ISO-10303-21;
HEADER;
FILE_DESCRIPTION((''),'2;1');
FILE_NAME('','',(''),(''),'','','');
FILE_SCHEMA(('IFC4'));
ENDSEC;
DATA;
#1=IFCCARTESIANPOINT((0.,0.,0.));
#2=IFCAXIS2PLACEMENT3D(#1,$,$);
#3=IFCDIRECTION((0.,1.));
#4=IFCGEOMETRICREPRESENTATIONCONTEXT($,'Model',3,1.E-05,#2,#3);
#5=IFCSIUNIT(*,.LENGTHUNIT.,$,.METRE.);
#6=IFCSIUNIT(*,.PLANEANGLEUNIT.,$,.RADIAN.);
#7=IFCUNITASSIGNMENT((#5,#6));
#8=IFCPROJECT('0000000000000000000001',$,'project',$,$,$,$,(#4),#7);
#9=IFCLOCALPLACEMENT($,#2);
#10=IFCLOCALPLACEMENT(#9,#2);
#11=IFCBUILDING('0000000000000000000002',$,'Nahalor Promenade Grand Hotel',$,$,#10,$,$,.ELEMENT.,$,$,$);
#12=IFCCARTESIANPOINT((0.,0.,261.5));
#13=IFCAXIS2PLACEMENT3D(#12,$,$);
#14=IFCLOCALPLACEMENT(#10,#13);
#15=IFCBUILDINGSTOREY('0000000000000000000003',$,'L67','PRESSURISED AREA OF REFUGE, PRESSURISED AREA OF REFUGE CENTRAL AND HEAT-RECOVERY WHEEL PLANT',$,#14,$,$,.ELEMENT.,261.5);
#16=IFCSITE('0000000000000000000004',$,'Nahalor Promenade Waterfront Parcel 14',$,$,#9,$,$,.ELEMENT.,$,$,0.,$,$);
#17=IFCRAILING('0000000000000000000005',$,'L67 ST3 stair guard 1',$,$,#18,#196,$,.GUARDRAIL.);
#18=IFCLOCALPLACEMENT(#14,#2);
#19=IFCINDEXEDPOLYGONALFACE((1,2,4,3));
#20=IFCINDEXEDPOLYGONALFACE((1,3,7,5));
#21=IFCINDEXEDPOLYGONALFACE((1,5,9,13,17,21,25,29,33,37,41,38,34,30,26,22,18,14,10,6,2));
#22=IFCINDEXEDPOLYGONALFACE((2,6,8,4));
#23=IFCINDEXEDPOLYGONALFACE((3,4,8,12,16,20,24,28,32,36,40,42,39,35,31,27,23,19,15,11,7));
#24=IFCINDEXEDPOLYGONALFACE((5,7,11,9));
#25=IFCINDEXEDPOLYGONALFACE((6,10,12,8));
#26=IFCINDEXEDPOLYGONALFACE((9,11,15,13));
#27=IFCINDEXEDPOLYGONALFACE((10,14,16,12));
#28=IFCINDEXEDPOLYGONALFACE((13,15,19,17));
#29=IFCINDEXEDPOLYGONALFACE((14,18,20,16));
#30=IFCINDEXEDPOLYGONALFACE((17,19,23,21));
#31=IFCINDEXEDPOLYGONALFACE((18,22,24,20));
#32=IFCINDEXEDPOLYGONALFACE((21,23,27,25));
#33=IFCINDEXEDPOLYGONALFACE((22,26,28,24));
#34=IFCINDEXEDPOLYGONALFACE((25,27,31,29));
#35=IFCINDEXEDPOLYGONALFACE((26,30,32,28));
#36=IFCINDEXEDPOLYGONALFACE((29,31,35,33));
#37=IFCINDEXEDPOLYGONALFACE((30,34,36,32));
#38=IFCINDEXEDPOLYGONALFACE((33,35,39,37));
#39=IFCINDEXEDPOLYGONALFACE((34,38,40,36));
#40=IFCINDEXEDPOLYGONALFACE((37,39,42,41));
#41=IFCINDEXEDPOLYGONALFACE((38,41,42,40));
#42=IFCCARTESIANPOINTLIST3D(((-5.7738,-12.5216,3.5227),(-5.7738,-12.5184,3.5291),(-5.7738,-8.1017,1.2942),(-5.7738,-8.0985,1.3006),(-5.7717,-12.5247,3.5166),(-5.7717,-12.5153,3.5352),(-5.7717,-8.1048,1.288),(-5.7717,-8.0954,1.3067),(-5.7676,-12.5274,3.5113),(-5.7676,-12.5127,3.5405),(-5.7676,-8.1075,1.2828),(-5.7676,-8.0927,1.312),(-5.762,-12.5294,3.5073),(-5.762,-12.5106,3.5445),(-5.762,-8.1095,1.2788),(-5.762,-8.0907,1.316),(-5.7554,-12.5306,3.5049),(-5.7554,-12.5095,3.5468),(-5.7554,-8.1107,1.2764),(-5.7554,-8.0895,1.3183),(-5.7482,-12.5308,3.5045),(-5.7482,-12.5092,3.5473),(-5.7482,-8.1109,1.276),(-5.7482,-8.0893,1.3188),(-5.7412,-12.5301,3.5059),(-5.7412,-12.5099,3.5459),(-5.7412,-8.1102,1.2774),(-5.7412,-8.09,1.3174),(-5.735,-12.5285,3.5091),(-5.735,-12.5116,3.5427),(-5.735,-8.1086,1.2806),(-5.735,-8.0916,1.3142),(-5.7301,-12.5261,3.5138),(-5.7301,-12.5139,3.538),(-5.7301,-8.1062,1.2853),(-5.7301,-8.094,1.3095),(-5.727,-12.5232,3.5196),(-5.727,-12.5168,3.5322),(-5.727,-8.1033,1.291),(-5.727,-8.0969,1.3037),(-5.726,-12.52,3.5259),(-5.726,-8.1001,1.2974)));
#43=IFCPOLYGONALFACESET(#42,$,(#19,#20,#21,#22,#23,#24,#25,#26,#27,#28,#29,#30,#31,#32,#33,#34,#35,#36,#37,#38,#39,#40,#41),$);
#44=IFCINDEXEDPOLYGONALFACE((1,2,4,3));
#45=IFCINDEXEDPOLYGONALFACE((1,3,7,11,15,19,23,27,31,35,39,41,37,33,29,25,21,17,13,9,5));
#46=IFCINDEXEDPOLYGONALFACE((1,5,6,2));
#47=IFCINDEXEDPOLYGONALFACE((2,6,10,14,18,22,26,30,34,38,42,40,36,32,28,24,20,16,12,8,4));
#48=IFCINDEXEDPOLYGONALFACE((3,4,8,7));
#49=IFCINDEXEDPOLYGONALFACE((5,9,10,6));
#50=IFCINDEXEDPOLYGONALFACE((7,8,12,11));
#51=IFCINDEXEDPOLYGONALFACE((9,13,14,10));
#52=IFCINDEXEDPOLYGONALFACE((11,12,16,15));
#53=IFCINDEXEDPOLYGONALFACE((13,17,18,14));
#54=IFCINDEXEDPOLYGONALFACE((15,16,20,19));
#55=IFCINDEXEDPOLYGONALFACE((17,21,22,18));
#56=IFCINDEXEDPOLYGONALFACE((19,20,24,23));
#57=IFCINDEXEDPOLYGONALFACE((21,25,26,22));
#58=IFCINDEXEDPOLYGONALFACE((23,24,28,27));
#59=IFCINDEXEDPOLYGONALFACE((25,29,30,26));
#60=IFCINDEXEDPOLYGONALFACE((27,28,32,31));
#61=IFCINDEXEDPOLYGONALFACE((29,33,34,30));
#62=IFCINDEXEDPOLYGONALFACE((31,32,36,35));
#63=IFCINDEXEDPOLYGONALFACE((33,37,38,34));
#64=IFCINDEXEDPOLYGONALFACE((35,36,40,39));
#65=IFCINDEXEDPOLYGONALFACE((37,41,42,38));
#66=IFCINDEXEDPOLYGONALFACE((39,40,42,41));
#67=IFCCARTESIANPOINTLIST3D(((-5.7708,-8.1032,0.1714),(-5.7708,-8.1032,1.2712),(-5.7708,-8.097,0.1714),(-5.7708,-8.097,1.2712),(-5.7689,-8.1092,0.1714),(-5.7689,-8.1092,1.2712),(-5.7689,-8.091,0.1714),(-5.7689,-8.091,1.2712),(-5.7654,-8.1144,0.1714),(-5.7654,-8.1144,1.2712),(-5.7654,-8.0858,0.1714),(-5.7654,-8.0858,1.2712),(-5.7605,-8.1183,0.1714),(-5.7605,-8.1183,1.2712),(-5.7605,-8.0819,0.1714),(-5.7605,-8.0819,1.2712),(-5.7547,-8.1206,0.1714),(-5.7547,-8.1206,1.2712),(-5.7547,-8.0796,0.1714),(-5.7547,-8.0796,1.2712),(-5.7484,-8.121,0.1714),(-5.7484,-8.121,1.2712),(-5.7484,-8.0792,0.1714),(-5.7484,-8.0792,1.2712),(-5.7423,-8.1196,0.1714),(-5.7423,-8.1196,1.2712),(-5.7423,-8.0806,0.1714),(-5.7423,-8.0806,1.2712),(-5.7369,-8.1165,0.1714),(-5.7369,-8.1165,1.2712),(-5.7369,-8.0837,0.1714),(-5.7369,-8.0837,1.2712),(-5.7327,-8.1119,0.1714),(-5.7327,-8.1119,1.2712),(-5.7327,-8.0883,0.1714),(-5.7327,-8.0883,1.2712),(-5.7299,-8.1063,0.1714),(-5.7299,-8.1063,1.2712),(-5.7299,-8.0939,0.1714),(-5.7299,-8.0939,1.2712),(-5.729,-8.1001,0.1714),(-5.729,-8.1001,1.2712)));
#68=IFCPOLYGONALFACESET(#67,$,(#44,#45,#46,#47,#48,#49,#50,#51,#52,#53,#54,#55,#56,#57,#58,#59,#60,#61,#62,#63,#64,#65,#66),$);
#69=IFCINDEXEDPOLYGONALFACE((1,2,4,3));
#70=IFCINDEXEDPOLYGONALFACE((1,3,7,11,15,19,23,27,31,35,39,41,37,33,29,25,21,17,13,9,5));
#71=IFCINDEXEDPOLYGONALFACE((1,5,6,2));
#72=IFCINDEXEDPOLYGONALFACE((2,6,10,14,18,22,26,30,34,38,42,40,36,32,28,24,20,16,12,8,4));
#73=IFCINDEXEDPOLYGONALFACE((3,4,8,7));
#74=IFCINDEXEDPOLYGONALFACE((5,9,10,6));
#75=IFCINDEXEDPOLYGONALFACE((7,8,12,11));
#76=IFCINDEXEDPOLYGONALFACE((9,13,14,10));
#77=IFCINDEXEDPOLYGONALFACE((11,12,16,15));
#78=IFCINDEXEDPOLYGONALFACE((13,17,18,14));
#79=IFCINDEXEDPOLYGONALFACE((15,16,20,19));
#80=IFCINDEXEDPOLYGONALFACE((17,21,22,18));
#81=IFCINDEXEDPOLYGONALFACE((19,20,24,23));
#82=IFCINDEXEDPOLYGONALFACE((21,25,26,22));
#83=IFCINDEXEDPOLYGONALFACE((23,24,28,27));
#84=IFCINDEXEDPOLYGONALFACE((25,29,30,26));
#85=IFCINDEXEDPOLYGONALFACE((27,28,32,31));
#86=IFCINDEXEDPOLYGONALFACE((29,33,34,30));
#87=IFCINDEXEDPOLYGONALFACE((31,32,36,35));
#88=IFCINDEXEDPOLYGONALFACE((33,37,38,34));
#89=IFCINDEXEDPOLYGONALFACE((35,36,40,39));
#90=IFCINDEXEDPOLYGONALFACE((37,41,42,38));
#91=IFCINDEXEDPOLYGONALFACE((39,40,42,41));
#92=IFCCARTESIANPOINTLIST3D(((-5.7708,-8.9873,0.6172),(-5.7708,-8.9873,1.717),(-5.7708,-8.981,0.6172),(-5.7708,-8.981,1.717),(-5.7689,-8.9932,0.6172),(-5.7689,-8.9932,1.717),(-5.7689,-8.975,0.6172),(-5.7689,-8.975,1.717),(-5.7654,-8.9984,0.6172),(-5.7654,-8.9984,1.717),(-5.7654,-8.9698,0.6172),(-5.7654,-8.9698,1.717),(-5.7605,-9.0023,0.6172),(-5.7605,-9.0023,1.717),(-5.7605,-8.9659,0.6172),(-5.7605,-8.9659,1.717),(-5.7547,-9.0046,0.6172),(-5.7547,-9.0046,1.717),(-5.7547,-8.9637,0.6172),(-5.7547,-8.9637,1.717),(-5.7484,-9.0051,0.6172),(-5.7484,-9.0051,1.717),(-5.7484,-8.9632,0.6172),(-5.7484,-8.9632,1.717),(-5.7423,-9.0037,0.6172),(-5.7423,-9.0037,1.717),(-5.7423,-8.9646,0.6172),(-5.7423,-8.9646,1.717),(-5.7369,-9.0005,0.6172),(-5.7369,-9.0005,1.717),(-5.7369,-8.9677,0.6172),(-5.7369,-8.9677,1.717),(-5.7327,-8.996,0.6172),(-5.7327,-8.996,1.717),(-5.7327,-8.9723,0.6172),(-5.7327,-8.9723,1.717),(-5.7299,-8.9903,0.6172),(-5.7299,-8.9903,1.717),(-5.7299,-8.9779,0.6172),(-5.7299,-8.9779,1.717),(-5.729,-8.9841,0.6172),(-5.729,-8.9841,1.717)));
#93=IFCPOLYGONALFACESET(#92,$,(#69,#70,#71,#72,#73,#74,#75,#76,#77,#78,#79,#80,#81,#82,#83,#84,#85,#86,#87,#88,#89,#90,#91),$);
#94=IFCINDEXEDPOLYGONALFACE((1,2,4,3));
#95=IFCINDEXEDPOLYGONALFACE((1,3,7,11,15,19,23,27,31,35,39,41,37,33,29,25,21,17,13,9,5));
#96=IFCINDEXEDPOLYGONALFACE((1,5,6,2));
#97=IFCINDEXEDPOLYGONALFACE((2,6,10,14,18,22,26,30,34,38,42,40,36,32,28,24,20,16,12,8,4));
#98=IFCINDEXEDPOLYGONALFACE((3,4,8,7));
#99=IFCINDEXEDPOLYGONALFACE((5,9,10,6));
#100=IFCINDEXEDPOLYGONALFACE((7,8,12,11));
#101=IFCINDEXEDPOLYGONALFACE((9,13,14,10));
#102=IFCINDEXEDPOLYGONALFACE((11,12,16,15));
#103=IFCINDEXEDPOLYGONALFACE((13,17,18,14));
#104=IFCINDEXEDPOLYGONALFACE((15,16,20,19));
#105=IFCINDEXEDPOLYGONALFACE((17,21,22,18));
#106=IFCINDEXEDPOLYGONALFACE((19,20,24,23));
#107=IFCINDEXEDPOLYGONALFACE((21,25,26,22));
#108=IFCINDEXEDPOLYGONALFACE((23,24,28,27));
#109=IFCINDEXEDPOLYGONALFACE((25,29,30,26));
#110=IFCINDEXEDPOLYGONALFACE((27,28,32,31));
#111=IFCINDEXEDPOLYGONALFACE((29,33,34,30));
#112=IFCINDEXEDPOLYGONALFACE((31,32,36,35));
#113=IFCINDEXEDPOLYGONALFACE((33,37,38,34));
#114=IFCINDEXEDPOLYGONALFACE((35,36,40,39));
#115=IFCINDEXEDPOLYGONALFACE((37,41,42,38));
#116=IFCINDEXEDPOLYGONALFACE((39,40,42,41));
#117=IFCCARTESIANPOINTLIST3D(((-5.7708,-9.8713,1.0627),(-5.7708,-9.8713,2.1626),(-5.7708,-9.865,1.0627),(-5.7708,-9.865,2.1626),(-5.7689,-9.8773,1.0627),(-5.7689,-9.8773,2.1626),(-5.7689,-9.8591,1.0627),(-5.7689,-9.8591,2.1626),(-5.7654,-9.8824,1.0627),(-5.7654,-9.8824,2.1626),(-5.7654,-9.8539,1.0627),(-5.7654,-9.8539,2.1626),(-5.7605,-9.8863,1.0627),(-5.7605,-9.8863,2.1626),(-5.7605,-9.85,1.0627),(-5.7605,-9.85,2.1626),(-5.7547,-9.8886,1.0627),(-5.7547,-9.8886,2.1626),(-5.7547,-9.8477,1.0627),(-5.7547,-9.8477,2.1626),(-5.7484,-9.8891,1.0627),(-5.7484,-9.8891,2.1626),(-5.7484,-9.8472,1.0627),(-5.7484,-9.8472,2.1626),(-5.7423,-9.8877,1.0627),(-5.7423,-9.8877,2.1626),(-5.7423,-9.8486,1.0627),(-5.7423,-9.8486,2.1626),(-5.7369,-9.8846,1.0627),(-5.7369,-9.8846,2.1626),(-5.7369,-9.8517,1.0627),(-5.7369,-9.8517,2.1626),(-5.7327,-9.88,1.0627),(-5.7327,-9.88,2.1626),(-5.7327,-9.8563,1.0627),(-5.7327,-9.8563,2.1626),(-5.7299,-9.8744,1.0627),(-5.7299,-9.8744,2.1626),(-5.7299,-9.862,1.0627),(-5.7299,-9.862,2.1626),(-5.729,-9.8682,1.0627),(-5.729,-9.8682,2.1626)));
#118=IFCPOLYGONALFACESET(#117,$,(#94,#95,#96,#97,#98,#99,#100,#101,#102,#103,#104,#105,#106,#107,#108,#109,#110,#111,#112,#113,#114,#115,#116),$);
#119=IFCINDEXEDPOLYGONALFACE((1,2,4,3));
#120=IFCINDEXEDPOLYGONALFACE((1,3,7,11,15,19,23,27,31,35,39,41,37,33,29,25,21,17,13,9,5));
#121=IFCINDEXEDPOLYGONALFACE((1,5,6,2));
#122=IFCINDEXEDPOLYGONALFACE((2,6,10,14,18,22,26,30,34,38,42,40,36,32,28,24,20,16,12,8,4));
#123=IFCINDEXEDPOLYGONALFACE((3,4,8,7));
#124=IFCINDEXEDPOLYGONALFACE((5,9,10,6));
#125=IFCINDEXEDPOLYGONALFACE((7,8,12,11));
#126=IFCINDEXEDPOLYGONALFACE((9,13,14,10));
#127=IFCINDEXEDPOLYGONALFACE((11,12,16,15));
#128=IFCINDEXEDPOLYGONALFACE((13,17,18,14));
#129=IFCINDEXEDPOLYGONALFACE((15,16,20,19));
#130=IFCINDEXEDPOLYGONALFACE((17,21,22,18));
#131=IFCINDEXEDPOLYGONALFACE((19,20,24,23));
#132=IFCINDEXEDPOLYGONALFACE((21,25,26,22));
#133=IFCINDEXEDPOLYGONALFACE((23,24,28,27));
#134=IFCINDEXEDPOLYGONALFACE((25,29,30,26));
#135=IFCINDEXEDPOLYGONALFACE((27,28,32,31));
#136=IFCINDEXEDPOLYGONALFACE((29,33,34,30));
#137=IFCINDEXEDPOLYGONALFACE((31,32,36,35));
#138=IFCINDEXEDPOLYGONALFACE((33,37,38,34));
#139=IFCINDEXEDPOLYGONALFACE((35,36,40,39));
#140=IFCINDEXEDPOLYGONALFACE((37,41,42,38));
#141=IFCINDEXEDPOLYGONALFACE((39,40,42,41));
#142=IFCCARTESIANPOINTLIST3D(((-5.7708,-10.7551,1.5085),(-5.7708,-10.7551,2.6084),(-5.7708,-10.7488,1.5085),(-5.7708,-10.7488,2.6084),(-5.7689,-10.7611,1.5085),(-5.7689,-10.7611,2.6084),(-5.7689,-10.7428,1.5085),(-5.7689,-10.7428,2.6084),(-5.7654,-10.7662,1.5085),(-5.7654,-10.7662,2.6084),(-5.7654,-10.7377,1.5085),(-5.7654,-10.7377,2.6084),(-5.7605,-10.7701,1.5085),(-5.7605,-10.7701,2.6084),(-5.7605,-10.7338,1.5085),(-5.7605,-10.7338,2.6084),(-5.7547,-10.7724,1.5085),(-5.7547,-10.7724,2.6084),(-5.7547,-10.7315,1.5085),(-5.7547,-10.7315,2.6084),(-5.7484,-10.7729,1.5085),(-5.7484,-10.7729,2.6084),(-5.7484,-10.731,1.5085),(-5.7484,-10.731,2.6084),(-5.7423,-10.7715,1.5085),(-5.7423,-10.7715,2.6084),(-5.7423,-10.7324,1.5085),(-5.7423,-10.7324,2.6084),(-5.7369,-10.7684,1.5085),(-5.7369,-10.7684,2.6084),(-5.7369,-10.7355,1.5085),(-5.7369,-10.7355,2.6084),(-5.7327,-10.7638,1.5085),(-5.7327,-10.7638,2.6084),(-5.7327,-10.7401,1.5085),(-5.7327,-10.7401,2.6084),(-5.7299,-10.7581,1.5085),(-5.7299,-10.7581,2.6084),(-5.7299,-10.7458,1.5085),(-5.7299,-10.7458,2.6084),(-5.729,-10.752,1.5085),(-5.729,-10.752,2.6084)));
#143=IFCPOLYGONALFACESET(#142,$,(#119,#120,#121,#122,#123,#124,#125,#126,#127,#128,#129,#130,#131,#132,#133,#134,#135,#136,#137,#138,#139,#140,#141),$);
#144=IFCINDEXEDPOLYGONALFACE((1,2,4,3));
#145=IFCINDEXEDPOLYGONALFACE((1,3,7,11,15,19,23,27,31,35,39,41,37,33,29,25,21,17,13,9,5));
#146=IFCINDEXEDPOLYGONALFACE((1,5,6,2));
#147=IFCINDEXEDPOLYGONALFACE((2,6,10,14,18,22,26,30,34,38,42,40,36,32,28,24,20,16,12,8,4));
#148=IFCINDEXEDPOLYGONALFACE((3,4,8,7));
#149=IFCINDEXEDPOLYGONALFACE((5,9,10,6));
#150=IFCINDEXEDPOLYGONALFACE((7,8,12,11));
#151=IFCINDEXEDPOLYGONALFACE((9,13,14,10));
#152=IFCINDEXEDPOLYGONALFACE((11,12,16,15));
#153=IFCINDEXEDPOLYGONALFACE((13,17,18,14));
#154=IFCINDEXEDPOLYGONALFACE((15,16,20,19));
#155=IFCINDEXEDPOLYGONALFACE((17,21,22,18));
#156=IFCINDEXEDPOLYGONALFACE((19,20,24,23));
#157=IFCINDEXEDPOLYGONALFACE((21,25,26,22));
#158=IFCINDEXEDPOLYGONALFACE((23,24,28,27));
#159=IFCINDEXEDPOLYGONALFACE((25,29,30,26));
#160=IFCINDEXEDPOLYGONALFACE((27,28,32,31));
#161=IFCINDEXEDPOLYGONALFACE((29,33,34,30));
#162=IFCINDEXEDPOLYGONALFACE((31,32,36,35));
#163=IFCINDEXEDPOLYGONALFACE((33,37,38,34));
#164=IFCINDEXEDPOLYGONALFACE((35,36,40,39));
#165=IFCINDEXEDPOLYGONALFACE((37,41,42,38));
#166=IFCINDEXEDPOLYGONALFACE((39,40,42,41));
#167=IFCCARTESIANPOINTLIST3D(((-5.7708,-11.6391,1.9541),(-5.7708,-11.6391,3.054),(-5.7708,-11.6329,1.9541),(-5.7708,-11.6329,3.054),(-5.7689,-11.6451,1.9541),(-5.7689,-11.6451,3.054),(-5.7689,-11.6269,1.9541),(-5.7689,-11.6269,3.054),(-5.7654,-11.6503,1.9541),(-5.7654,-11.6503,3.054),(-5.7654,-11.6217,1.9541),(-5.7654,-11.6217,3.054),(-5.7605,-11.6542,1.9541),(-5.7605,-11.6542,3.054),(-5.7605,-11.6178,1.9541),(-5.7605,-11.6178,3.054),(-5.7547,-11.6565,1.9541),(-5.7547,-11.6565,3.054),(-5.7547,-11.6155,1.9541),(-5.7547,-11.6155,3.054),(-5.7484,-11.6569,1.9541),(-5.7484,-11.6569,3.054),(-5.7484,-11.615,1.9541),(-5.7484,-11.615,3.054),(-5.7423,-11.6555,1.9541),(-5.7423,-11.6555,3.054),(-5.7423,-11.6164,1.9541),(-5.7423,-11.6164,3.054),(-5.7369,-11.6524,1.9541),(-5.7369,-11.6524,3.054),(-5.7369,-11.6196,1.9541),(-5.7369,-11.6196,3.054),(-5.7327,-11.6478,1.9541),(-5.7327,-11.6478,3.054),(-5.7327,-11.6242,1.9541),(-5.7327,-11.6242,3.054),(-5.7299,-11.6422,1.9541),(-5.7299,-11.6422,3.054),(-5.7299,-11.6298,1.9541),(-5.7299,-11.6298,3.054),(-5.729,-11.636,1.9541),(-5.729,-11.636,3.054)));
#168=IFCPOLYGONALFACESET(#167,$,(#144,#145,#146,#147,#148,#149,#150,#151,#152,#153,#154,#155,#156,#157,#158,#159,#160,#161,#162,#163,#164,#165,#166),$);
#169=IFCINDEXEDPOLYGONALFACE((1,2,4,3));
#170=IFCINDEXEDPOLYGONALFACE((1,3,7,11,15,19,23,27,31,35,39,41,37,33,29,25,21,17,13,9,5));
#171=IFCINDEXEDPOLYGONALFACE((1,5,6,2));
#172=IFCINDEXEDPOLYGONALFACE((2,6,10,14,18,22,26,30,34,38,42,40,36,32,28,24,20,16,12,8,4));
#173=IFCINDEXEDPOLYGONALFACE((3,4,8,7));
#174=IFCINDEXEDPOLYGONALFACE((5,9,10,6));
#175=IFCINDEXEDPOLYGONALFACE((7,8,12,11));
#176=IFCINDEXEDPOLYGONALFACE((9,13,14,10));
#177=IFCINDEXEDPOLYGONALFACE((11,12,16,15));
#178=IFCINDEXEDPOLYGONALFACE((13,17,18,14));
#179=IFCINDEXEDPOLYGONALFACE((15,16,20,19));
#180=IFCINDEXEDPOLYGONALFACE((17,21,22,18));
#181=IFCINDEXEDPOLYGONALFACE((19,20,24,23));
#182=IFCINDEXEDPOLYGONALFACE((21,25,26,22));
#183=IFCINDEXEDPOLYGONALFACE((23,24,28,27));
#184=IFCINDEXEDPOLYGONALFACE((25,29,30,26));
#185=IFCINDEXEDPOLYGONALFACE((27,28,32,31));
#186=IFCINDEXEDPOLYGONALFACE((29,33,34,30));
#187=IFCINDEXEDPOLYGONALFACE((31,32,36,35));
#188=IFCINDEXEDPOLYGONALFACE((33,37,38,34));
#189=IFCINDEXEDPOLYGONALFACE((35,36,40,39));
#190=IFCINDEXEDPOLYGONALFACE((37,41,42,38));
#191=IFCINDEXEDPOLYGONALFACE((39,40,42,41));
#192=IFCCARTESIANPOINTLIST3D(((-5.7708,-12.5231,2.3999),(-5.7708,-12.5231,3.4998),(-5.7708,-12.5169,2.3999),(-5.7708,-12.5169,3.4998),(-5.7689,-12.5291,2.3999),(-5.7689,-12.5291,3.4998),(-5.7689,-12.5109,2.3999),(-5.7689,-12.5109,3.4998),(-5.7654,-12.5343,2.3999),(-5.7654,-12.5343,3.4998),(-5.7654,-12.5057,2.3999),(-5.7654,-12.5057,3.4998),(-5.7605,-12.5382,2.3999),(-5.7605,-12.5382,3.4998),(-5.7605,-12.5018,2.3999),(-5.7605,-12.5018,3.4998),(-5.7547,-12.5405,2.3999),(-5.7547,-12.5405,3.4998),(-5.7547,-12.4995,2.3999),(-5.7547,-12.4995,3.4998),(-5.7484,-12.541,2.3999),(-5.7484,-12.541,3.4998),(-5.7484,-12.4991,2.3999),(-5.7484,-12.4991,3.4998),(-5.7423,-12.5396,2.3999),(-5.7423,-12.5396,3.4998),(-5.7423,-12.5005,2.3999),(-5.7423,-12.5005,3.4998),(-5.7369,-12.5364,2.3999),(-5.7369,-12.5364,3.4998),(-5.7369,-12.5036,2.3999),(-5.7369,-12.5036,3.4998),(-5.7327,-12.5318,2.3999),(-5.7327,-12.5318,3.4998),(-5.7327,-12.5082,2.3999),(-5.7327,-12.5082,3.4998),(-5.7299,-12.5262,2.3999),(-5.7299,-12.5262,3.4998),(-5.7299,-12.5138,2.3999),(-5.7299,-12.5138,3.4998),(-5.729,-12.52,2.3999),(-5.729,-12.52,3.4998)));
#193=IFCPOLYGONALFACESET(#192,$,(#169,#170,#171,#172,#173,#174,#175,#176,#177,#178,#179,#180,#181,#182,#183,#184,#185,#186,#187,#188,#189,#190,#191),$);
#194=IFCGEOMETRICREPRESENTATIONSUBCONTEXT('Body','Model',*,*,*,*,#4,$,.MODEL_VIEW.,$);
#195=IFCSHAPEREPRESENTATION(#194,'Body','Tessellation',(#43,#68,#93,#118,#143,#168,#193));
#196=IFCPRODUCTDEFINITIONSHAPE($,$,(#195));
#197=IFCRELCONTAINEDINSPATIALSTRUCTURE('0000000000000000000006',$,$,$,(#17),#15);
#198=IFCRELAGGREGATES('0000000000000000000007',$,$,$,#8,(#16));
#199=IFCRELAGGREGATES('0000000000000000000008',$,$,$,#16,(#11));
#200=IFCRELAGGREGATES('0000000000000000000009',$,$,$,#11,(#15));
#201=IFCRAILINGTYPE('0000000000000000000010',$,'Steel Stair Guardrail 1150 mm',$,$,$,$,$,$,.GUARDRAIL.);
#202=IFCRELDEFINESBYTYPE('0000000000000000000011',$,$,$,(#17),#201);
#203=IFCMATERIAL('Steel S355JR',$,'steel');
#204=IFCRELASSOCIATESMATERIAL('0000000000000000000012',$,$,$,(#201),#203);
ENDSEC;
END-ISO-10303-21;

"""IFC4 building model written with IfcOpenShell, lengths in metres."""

from ifc_helpers import new_model, si_unit, direction, frame, origin, origin_2d, place, context, subcontext, project, spatial, circle, extrude, material, type_object, element, save


model = new_model("IFC4")

# Units and contexts
model_context = context("Model", 3, precision=1e-05, world=origin(), true_north=direction((0.0, 1.0)))
body_context = subcontext(model_context, "Body", "Model", "MODEL_VIEW")
ifc_project = project(units=[si_unit("LENGTHUNIT", "METRE"), si_unit("PLANEANGLEUNIT", "RADIAN")], contexts=[model_context])

# Site, building, storey
site_placement = place(None, origin())
site = spatial("IfcSite", under=ifc_project, at=site_placement, Name="Nahalor Promenade Waterfront Parcel 14", CompositionType="ELEMENT", RefElevation=0.0)
building_placement = place(site_placement, origin())
building = spatial("IfcBuilding", under=site, at=building_placement, Name="Nahalor Promenade Grand Hotel", CompositionType="ELEMENT")
storey_placement = place(building_placement, frame((0.0, 0.0, 261.5)))
storey = spatial("IfcBuildingStorey", under=building, at=storey_placement, Name="L67", Description="PRESSURISED AREA OF REFUGE, PRESSURISED AREA OF REFUGE CENTRAL AND HEAT-RECOVERY WHEEL PLANT", CompositionType="ELEMENT", Elevation=261.5)

# Shared definitions
ifc_material_1 = material(Name="Steel S355JR", Category="steel")

# Railing
railing_type_1 = type_object("IfcRailingType", Name="Steel Stair Guardrail 1150 mm", PredefinedType="GUARDRAIL", material=ifc_material_1)
railing_1_placement = place(storey_placement, frame((-5.75, -8.1001, 0.1714)))
element("IfcRailing", 1, at=railing_1_placement, inside=storey, type_object=railing_type_1, Name="L67 ST3 stair guard 1", PredefinedType="GUARDRAIL", context=body_context, shape_type="SweptSolid", body=[
    extrude(circle(Radius=0.024, at=origin_2d()), frame((0.0, 0.0, 1.126), z_axis=(0.0, -0.892923, 0.45021), x_axis=(1.0, 0.0, 0.0)), (0.0, 0.0, 1.0), 4.95),
    extrude(circle(Radius=0.021, at=origin_2d()), origin(), (0.0, 0.0, 1.0), 1.0999),
    extrude(circle(Radius=0.021, at=origin_2d()), frame((0.0, -0.884, 0.4458)), (0.0, 0.0, 1.0), 1.0999),
    extrude(circle(Radius=0.021, at=origin_2d()), frame((0.0, -1.7681, 0.8914)), (0.0, 0.0, 1.0), 1.0999),
    extrude(circle(Radius=0.021, at=origin_2d()), frame((0.0, -2.6519, 1.3372)), (0.0, 0.0, 1.0), 1.0999),
    extrude(circle(Radius=0.021, at=origin_2d()), frame((0.0, -3.5359, 1.7827)), (0.0, 0.0, 1.0), 1.0999),
    extrude(circle(Radius=0.021, at=origin_2d()), frame((0.0, -4.4199, 2.2285)), (0.0, 0.0, 1.0), 1.0999),
])

save(model, "model.ifc")
